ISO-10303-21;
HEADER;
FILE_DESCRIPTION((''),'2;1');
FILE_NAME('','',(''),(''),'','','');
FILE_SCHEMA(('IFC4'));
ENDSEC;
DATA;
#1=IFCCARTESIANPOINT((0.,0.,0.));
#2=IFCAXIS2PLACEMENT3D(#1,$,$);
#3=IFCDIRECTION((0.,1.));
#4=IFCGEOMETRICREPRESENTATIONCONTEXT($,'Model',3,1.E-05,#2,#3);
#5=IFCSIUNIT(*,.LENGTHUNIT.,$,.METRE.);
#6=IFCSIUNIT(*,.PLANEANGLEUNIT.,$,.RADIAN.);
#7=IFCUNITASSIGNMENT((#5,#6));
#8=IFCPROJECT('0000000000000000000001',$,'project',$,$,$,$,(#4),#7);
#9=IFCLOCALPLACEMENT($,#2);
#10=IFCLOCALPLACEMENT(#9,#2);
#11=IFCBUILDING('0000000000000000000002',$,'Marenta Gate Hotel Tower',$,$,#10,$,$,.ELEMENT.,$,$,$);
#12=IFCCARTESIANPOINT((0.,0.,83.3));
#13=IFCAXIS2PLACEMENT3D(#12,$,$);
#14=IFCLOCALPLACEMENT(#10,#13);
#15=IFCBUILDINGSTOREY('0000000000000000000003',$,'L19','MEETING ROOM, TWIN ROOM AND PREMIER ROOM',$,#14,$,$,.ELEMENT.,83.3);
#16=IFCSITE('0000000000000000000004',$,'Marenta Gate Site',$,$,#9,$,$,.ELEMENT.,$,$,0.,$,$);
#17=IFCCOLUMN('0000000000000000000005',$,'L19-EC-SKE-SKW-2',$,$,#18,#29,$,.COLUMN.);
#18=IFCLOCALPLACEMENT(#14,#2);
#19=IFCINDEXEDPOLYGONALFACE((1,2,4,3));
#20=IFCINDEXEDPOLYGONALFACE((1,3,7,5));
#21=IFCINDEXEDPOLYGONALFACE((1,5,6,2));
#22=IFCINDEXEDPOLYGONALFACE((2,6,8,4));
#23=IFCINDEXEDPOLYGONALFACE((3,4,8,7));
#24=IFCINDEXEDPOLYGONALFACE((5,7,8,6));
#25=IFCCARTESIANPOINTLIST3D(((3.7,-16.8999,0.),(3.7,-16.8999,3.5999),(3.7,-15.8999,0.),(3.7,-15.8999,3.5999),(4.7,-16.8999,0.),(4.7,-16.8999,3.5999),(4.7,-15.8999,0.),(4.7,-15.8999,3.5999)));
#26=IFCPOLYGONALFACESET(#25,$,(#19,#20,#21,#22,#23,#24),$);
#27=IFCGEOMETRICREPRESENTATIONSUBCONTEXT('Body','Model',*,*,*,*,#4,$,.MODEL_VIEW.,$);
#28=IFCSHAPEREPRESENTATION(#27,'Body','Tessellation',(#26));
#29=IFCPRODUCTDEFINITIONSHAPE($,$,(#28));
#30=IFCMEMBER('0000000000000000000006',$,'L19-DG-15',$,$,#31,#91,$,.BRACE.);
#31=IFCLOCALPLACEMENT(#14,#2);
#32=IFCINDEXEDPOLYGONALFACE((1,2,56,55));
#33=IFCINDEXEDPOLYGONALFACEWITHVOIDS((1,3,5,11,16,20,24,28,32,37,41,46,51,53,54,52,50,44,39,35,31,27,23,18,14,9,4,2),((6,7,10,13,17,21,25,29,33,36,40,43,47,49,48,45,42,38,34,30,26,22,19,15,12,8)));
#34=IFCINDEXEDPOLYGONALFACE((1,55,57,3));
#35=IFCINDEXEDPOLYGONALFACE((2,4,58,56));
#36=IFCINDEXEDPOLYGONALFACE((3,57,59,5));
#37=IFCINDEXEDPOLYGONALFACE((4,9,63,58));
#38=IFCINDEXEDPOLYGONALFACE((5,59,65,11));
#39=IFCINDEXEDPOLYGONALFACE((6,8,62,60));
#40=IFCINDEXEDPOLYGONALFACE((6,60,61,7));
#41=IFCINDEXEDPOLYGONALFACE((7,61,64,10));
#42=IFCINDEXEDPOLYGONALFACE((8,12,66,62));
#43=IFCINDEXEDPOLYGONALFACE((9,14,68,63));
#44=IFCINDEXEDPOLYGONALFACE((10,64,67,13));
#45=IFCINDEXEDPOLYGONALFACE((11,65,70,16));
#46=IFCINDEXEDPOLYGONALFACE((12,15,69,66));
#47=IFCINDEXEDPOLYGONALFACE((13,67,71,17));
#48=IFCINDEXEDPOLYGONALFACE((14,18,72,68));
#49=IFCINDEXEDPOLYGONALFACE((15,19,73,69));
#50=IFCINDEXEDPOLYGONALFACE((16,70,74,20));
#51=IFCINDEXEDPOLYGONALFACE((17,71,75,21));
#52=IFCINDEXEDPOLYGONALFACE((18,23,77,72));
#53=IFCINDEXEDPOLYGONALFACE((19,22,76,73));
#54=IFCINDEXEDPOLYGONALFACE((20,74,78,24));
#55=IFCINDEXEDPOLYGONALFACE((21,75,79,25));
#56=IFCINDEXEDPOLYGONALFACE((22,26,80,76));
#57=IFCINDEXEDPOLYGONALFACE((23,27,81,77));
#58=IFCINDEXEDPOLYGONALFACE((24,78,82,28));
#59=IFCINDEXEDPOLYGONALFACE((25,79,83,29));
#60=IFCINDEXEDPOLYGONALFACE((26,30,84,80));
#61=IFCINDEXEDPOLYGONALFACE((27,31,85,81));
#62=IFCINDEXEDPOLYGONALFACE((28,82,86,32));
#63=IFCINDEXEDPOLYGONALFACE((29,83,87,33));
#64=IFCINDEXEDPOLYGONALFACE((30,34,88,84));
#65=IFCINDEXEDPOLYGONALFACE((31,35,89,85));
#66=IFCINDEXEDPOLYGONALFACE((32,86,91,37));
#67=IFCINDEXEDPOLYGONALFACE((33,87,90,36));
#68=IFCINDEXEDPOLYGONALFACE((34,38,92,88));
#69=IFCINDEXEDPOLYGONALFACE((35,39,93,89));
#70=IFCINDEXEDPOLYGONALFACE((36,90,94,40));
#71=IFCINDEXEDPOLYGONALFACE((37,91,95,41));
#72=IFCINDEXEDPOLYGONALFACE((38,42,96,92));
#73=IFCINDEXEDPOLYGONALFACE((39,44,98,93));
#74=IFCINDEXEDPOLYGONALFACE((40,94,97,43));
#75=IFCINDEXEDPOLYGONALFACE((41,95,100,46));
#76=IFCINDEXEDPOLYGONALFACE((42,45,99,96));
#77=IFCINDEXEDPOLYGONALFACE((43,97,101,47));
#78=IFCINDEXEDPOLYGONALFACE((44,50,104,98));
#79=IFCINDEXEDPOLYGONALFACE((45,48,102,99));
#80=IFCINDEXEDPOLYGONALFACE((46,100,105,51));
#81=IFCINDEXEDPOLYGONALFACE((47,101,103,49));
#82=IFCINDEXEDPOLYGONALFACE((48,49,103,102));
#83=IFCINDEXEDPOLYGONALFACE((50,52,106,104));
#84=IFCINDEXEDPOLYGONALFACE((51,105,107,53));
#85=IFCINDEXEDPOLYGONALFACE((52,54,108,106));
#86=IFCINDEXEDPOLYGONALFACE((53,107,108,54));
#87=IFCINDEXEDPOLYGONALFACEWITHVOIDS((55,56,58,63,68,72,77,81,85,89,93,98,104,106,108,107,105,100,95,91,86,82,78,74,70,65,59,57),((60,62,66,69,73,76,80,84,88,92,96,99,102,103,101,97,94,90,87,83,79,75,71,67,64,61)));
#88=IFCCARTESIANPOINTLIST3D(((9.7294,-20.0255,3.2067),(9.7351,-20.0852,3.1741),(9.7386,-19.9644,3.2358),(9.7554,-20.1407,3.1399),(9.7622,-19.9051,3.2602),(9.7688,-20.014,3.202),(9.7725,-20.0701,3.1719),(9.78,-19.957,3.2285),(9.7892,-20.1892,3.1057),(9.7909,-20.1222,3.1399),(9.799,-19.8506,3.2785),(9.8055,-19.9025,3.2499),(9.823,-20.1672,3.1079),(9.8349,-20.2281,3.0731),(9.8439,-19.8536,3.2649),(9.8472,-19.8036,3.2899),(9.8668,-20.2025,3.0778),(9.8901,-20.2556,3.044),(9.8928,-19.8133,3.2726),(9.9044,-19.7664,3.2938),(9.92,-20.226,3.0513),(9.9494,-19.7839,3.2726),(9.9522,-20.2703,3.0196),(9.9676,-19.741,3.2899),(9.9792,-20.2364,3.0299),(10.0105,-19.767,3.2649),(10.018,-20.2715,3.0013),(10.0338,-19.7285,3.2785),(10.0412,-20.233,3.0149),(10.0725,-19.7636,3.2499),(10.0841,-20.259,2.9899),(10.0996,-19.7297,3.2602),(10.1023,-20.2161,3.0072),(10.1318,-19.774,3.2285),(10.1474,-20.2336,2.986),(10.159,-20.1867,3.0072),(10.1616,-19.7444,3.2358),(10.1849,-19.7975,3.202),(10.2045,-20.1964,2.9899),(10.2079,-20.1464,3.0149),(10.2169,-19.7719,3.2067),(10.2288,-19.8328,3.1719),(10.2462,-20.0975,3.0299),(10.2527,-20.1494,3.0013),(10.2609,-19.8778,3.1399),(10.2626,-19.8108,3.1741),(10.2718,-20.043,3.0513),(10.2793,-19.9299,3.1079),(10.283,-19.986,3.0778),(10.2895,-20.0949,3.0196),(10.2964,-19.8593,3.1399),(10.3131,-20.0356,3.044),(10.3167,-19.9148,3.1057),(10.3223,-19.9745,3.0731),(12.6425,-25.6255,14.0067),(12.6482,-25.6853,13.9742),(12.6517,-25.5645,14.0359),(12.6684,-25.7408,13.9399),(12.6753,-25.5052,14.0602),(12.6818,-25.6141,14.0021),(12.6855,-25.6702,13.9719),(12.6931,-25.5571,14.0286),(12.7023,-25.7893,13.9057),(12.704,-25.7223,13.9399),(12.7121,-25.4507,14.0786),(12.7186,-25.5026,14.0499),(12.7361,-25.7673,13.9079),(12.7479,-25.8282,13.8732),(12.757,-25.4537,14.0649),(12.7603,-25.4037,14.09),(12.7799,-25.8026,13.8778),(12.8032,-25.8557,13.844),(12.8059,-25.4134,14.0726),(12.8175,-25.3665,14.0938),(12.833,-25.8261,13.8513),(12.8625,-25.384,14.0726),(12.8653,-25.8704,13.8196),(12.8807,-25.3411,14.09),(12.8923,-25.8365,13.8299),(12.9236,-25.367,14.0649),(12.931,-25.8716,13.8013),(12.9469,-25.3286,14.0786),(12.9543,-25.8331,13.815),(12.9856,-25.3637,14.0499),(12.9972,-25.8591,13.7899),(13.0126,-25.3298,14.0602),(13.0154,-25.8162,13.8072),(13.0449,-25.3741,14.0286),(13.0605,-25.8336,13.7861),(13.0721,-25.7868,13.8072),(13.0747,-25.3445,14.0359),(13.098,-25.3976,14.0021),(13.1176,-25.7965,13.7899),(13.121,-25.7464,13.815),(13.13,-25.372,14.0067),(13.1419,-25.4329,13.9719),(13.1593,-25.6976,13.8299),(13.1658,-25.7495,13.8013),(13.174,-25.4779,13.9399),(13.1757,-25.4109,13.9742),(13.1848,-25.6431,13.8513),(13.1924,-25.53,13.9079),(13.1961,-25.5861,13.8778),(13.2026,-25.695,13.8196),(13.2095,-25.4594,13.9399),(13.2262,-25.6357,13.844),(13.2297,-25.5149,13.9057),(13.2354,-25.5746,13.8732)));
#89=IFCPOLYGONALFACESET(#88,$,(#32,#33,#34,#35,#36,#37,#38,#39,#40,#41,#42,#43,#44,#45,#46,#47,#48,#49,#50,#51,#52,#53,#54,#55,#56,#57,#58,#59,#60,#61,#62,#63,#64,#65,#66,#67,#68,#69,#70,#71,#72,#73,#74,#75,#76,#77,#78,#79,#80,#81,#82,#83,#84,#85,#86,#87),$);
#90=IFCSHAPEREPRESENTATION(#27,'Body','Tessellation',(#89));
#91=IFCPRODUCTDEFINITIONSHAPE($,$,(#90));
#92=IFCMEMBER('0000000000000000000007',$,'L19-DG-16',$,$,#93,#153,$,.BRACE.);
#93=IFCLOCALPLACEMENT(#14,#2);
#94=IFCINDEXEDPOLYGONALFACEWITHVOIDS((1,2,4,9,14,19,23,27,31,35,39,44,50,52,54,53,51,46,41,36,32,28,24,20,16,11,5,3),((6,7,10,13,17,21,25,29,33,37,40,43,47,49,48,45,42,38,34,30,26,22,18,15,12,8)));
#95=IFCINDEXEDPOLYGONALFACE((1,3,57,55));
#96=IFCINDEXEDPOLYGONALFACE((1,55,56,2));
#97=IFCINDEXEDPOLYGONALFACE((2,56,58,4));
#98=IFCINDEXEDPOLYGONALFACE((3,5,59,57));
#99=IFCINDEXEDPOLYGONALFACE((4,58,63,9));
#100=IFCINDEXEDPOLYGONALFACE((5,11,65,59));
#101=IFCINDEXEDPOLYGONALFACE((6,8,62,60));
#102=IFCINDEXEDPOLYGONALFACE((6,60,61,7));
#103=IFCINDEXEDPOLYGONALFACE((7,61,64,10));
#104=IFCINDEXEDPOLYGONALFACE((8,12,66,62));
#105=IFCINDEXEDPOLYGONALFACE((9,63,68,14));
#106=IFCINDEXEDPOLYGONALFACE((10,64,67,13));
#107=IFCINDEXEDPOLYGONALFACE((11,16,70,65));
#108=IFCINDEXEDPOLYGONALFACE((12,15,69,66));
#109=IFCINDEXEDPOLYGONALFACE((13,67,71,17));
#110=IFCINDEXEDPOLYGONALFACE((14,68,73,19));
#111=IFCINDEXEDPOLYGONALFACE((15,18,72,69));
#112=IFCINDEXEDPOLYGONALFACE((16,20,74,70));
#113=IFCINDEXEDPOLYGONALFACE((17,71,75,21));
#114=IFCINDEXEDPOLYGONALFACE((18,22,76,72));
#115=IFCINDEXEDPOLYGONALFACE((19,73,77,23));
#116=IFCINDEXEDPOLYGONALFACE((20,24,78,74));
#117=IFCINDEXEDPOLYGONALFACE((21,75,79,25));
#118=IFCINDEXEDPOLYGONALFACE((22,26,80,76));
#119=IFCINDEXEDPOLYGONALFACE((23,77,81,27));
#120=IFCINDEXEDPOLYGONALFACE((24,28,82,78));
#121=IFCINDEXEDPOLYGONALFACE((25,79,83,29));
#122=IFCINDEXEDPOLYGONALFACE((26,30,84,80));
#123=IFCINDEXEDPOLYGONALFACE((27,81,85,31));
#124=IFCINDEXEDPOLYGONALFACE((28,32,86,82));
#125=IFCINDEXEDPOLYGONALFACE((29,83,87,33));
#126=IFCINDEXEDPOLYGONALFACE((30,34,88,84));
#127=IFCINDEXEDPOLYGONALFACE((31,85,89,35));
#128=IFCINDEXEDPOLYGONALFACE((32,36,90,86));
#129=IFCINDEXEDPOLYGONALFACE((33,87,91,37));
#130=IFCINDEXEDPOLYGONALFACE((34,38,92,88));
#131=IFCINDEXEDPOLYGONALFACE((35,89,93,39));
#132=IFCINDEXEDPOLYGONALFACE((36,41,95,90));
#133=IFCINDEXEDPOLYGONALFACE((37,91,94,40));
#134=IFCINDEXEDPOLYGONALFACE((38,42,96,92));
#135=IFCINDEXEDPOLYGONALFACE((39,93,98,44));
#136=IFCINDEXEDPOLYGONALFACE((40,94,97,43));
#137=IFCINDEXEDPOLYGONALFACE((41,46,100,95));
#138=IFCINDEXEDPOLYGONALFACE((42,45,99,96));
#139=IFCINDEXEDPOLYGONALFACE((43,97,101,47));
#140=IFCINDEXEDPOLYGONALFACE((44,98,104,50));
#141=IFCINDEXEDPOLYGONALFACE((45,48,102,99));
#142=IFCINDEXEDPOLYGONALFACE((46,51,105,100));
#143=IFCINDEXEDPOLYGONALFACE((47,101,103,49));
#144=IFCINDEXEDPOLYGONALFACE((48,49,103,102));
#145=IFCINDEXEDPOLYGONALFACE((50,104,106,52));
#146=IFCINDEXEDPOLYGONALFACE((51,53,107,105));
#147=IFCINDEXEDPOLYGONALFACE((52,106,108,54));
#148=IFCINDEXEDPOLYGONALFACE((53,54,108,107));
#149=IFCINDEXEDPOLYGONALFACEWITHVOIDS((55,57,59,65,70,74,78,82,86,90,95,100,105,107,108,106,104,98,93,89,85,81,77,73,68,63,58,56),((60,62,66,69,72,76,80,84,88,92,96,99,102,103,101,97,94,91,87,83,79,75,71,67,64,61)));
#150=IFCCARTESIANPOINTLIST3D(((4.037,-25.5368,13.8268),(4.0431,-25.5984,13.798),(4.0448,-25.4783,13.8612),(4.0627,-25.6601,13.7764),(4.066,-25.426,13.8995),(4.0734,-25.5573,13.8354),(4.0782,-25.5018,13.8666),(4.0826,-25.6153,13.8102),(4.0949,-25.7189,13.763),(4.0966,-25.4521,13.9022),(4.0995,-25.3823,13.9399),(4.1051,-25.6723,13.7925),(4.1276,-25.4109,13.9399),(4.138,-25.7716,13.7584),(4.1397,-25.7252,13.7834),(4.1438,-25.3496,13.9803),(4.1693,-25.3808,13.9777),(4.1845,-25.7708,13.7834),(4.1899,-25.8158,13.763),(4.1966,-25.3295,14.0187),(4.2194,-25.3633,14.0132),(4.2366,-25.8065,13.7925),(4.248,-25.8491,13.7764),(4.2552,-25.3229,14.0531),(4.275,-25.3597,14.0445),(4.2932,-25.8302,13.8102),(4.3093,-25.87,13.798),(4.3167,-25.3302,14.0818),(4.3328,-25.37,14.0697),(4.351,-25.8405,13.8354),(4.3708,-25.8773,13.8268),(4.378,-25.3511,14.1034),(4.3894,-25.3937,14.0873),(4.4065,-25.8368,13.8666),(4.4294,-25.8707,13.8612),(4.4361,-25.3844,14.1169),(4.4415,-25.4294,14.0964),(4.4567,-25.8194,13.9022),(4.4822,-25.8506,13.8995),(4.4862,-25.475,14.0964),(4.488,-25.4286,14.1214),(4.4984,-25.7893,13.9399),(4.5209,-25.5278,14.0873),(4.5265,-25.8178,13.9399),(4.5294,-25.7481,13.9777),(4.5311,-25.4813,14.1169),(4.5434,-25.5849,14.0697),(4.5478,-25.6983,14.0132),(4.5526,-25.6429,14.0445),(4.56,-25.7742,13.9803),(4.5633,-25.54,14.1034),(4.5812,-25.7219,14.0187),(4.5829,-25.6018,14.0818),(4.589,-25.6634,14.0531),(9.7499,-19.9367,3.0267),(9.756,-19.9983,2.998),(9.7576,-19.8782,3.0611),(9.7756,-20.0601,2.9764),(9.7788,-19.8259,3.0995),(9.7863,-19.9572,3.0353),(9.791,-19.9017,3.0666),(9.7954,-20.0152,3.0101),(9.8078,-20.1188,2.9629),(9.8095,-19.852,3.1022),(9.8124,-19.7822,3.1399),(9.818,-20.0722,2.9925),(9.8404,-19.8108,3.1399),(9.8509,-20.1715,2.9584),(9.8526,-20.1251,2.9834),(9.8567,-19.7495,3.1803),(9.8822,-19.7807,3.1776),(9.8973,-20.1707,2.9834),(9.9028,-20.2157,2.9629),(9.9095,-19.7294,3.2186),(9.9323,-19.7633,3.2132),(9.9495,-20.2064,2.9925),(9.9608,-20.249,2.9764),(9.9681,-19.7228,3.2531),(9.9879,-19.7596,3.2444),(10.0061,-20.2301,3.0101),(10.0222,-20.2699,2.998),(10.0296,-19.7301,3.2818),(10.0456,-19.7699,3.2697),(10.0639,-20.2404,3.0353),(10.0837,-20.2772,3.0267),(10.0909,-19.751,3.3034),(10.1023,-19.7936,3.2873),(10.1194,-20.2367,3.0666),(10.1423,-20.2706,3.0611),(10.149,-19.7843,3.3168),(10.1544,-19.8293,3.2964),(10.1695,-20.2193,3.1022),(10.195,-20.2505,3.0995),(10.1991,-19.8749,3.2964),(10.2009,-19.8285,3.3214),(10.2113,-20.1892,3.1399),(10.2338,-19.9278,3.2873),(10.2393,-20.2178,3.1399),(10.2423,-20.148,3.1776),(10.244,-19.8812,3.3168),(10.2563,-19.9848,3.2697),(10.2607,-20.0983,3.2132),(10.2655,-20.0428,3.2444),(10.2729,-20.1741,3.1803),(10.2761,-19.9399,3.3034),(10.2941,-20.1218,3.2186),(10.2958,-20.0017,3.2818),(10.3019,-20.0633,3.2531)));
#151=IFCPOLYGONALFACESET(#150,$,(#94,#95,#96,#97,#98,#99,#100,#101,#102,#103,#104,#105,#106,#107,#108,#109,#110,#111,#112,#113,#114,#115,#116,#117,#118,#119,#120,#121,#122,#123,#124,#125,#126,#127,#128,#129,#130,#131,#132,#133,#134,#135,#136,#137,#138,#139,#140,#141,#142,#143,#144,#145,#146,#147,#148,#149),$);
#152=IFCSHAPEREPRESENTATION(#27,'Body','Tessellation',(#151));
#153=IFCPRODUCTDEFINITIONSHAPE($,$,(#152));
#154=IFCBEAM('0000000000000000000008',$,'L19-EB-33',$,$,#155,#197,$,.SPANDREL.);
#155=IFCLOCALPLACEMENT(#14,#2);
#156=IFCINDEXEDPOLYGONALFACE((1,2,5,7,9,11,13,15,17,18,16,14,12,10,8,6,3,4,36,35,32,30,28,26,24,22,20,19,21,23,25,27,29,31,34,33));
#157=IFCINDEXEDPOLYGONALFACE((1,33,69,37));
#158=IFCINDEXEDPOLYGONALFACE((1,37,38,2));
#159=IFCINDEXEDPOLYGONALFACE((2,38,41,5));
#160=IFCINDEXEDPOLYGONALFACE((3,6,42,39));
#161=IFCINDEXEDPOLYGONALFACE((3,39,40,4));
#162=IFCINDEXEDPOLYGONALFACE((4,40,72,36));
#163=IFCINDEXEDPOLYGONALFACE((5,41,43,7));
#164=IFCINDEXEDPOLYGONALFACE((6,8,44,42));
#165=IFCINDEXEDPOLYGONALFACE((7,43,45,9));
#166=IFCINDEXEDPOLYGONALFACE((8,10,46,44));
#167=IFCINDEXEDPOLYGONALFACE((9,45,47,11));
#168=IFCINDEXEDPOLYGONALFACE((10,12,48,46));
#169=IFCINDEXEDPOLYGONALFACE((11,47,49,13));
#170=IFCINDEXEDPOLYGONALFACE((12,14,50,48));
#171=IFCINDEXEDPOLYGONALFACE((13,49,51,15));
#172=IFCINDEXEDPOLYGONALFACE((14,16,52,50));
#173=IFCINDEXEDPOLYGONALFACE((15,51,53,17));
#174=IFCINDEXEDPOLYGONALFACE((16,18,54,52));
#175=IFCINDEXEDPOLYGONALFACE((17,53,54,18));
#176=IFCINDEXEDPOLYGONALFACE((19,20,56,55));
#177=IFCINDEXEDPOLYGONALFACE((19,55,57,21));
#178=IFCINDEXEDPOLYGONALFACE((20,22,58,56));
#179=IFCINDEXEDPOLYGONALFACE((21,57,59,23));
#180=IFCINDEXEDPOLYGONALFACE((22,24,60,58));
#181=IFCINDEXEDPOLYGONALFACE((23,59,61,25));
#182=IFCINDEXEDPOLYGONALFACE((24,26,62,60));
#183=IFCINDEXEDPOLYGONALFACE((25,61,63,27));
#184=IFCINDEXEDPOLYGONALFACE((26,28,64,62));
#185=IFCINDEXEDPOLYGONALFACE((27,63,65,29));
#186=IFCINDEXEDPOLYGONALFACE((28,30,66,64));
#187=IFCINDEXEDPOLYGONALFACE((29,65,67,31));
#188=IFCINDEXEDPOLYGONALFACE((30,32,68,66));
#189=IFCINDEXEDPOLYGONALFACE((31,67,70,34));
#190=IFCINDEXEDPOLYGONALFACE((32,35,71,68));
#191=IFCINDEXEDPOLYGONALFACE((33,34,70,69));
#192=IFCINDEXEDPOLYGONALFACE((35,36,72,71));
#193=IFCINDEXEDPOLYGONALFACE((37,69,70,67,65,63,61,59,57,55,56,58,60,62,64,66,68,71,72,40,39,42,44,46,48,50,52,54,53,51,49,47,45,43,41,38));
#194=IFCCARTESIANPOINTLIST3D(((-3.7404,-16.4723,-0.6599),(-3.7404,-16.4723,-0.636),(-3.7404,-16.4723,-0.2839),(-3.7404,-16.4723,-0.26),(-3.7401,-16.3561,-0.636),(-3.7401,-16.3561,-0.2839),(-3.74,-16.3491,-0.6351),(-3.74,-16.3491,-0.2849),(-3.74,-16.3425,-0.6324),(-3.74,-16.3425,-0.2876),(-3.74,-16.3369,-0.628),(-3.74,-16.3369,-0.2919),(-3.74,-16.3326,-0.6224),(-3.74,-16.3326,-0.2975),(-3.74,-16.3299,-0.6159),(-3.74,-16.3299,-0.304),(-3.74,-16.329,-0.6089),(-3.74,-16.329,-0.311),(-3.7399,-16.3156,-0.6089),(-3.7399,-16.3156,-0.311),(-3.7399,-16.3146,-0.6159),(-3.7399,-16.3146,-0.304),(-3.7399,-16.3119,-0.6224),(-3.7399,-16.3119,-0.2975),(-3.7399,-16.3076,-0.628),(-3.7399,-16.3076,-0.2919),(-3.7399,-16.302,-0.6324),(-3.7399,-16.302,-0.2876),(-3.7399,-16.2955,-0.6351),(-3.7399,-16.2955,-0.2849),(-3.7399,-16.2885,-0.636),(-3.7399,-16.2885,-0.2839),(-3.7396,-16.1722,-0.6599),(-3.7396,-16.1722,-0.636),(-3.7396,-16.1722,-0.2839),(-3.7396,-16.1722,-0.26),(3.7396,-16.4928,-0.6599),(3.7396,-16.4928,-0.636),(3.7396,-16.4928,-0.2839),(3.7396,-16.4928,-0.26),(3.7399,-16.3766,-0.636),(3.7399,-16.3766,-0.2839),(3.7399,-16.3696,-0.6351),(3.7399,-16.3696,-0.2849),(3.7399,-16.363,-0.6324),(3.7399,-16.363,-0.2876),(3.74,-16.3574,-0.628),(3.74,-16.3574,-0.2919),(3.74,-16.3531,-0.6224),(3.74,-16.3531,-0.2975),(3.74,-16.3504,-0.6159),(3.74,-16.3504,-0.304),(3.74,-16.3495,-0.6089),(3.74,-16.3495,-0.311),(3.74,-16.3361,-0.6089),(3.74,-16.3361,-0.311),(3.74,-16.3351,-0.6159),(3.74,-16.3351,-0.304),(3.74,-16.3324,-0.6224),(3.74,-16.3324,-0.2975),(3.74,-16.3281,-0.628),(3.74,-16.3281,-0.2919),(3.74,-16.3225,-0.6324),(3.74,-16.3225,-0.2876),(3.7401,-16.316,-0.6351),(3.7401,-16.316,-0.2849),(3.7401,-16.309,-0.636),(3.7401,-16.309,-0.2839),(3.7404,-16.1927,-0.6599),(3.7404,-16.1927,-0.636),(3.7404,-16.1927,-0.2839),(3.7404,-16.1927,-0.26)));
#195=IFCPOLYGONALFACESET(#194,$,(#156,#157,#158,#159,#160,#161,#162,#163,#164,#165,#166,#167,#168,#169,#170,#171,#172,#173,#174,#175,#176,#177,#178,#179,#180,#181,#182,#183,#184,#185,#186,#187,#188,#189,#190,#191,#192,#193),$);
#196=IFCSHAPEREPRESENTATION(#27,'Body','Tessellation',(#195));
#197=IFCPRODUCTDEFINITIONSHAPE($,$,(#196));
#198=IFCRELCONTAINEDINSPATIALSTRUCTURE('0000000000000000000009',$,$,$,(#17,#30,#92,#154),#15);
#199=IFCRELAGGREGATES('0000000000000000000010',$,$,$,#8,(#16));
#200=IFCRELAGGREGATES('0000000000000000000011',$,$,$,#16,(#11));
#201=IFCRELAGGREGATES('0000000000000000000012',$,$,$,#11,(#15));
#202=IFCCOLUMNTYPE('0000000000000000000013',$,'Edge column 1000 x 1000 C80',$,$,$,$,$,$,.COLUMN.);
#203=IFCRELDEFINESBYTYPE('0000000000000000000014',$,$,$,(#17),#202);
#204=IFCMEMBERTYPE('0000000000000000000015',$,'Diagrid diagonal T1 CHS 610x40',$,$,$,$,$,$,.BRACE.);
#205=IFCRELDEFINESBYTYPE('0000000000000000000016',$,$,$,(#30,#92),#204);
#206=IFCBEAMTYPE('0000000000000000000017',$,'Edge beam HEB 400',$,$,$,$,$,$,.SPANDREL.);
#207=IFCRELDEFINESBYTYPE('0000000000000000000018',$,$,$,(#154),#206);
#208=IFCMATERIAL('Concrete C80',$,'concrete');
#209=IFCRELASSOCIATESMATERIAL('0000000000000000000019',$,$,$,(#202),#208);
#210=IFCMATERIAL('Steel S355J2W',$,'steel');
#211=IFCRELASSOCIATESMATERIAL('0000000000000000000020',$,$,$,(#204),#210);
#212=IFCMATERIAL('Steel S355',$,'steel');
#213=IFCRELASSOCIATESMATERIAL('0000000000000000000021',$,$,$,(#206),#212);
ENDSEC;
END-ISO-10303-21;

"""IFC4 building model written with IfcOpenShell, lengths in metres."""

from ifc_helpers import new_model, si_unit, direction, frame, origin, origin_2d, place, context, subcontext, project, spatial, rectangle, hollow_circle, i_section, extrude, material, material_profile, profile_set, type_object, element, save


model = new_model("IFC4")

# Units and contexts
model_context = context("Model", 3, precision=1e-05, world=origin(), true_north=direction((0.0, 1.0)))
body_context = subcontext(model_context, "Body", "Model", "MODEL_VIEW")
ifc_project = project(units=[si_unit("LENGTHUNIT", "METRE"), si_unit("PLANEANGLEUNIT", "RADIAN")], contexts=[model_context])

# Site, building, storey
site_placement = place(None, origin())
site = spatial("IfcSite", under=ifc_project, at=site_placement, Name="Marenta Gate Site", CompositionType="ELEMENT", RefElevation=0.0)
building_placement = place(site_placement, origin())
building = spatial("IfcBuilding", under=site, at=building_placement, Name="Marenta Gate Hotel Tower", CompositionType="ELEMENT")
storey_placement = place(building_placement, frame((0.0, 0.0, 83.3)))
storey = spatial("IfcBuildingStorey", under=building, at=storey_placement, Name="L19", Description="MEETING ROOM, TWIN ROOM AND PREMIER ROOM", CompositionType="ELEMENT", Elevation=83.3)

# Column
ifc_material_1 = material(Name="Concrete C80", Category="concrete")
ifc_material_profile_1 = material_profile(ifc_material_1, rectangle(XDim=1.0, YDim=1.0, at=origin_2d()), Name="1000 x 1000")
ifc_profile_set_1 = profile_set([ifc_material_profile_1], Name="Concrete C80")
column_type = type_object("IfcColumnType", Name="Edge column 1000 x 1000 C80", PredefinedType="COLUMN", material=ifc_profile_set_1)
column_placement = place(storey_placement, frame((4.2, -16.3999, 0.0), z_axis=(0.0, 0.0, 1.0), x_axis=(1.0, 0.0, 0.0)))
element("IfcColumn", 1, at=column_placement, inside=storey, type_object=column_type, Name="L19-EC-SKE-SKW-2", PredefinedType="COLUMN", context=body_context, shape_type="SweptSolid", body=[
    extrude(rectangle(XDim=1.0, YDim=1.0, at=origin_2d()), origin(), (0.0, 0.0, 1.0), 3.5999),
])

# Members
ifc_material_2 = material(Name="Steel S355J2W", Category="steel")
ifc_material_profile_2 = material_profile(ifc_material_2, hollow_circle(Radius=0.3049, WallThickness=0.04, at=origin_2d()), Name="CHS 610x40")
ifc_profile_set_2 = profile_set([ifc_material_profile_2], Name="Steel S355J2W")
member_type_1 = type_object("IfcMemberType", Name="Diagrid diagonal T1 CHS 610x40", PredefinedType="BRACE", material=ifc_profile_set_2)
member_1_placement = place(storey_placement, frame((10.0259, -20.0, 3.1399), z_axis=(0.232869, -0.447667, 0.863346), x_axis=(0.88715, 0.461482, 0.0)))
element("IfcMember", 2, at=member_1_placement, inside=storey, type_object=member_type_1, Name="L19-DG-15", PredefinedType="BRACE", context=body_context, shape_type="SweptSolid", body=[
    extrude(hollow_circle(Radius=0.3049, WallThickness=0.04, at=origin_2d()), origin(), (0.0, 0.0, 1.0), 12.5095),
])
member_2_placement = place(storey_placement, frame((10.0259, -20.0, 3.1399), z_axis=(-0.42506, -0.416667, 0.803562), x_axis=(0.700022, -0.714121, 0.0)))
element("IfcMember", 3, at=member_2_placement, inside=storey, type_object=member_type_1, Name="L19-DG-16", PredefinedType="BRACE", context=body_context, shape_type="SweptSolid", body=[
    extrude(hollow_circle(Radius=0.3049, WallThickness=0.04, at=origin_2d()), origin(), (0.0, 0.0, 1.0), 13.4402),
])

# Beam
ifc_material_3 = material(Name="Steel S355", Category="steel")
ifc_material_profile_3 = material_profile(ifc_material_3, i_section(OverallWidth=0.3, OverallDepth=0.3999, WebThickness=0.0134, FlangeThickness=0.0239, FilletRadius=0.0271, at=origin_2d()), Name="HEB 400")
ifc_profile_set_3 = profile_set([ifc_material_profile_3], Name="Steel S355")
beam_type = type_object("IfcBeamType", Name="Edge beam HEB 400", PredefinedType="SPANDREL", material=ifc_profile_set_3)
beam_placement = place(storey_placement, frame((3.74, -16.3428, -0.46), z_axis=(-0.999996, 0.002742, 0.0), x_axis=(-0.002742, -0.999996, 0.0)))
element("IfcBeam", 4, at=beam_placement, inside=storey, type_object=beam_type, Name="L19-EB-33", PredefinedType="SPANDREL", context=body_context, shape_type="SweptSolid", body=[
    extrude(i_section(OverallWidth=0.3, OverallDepth=0.3999, WebThickness=0.0134, FlangeThickness=0.0239, FilletRadius=0.0271, at=origin_2d()), origin(), (0.0, 0.0, 1.0), 7.48),
])

save(model, "model.ifc")
